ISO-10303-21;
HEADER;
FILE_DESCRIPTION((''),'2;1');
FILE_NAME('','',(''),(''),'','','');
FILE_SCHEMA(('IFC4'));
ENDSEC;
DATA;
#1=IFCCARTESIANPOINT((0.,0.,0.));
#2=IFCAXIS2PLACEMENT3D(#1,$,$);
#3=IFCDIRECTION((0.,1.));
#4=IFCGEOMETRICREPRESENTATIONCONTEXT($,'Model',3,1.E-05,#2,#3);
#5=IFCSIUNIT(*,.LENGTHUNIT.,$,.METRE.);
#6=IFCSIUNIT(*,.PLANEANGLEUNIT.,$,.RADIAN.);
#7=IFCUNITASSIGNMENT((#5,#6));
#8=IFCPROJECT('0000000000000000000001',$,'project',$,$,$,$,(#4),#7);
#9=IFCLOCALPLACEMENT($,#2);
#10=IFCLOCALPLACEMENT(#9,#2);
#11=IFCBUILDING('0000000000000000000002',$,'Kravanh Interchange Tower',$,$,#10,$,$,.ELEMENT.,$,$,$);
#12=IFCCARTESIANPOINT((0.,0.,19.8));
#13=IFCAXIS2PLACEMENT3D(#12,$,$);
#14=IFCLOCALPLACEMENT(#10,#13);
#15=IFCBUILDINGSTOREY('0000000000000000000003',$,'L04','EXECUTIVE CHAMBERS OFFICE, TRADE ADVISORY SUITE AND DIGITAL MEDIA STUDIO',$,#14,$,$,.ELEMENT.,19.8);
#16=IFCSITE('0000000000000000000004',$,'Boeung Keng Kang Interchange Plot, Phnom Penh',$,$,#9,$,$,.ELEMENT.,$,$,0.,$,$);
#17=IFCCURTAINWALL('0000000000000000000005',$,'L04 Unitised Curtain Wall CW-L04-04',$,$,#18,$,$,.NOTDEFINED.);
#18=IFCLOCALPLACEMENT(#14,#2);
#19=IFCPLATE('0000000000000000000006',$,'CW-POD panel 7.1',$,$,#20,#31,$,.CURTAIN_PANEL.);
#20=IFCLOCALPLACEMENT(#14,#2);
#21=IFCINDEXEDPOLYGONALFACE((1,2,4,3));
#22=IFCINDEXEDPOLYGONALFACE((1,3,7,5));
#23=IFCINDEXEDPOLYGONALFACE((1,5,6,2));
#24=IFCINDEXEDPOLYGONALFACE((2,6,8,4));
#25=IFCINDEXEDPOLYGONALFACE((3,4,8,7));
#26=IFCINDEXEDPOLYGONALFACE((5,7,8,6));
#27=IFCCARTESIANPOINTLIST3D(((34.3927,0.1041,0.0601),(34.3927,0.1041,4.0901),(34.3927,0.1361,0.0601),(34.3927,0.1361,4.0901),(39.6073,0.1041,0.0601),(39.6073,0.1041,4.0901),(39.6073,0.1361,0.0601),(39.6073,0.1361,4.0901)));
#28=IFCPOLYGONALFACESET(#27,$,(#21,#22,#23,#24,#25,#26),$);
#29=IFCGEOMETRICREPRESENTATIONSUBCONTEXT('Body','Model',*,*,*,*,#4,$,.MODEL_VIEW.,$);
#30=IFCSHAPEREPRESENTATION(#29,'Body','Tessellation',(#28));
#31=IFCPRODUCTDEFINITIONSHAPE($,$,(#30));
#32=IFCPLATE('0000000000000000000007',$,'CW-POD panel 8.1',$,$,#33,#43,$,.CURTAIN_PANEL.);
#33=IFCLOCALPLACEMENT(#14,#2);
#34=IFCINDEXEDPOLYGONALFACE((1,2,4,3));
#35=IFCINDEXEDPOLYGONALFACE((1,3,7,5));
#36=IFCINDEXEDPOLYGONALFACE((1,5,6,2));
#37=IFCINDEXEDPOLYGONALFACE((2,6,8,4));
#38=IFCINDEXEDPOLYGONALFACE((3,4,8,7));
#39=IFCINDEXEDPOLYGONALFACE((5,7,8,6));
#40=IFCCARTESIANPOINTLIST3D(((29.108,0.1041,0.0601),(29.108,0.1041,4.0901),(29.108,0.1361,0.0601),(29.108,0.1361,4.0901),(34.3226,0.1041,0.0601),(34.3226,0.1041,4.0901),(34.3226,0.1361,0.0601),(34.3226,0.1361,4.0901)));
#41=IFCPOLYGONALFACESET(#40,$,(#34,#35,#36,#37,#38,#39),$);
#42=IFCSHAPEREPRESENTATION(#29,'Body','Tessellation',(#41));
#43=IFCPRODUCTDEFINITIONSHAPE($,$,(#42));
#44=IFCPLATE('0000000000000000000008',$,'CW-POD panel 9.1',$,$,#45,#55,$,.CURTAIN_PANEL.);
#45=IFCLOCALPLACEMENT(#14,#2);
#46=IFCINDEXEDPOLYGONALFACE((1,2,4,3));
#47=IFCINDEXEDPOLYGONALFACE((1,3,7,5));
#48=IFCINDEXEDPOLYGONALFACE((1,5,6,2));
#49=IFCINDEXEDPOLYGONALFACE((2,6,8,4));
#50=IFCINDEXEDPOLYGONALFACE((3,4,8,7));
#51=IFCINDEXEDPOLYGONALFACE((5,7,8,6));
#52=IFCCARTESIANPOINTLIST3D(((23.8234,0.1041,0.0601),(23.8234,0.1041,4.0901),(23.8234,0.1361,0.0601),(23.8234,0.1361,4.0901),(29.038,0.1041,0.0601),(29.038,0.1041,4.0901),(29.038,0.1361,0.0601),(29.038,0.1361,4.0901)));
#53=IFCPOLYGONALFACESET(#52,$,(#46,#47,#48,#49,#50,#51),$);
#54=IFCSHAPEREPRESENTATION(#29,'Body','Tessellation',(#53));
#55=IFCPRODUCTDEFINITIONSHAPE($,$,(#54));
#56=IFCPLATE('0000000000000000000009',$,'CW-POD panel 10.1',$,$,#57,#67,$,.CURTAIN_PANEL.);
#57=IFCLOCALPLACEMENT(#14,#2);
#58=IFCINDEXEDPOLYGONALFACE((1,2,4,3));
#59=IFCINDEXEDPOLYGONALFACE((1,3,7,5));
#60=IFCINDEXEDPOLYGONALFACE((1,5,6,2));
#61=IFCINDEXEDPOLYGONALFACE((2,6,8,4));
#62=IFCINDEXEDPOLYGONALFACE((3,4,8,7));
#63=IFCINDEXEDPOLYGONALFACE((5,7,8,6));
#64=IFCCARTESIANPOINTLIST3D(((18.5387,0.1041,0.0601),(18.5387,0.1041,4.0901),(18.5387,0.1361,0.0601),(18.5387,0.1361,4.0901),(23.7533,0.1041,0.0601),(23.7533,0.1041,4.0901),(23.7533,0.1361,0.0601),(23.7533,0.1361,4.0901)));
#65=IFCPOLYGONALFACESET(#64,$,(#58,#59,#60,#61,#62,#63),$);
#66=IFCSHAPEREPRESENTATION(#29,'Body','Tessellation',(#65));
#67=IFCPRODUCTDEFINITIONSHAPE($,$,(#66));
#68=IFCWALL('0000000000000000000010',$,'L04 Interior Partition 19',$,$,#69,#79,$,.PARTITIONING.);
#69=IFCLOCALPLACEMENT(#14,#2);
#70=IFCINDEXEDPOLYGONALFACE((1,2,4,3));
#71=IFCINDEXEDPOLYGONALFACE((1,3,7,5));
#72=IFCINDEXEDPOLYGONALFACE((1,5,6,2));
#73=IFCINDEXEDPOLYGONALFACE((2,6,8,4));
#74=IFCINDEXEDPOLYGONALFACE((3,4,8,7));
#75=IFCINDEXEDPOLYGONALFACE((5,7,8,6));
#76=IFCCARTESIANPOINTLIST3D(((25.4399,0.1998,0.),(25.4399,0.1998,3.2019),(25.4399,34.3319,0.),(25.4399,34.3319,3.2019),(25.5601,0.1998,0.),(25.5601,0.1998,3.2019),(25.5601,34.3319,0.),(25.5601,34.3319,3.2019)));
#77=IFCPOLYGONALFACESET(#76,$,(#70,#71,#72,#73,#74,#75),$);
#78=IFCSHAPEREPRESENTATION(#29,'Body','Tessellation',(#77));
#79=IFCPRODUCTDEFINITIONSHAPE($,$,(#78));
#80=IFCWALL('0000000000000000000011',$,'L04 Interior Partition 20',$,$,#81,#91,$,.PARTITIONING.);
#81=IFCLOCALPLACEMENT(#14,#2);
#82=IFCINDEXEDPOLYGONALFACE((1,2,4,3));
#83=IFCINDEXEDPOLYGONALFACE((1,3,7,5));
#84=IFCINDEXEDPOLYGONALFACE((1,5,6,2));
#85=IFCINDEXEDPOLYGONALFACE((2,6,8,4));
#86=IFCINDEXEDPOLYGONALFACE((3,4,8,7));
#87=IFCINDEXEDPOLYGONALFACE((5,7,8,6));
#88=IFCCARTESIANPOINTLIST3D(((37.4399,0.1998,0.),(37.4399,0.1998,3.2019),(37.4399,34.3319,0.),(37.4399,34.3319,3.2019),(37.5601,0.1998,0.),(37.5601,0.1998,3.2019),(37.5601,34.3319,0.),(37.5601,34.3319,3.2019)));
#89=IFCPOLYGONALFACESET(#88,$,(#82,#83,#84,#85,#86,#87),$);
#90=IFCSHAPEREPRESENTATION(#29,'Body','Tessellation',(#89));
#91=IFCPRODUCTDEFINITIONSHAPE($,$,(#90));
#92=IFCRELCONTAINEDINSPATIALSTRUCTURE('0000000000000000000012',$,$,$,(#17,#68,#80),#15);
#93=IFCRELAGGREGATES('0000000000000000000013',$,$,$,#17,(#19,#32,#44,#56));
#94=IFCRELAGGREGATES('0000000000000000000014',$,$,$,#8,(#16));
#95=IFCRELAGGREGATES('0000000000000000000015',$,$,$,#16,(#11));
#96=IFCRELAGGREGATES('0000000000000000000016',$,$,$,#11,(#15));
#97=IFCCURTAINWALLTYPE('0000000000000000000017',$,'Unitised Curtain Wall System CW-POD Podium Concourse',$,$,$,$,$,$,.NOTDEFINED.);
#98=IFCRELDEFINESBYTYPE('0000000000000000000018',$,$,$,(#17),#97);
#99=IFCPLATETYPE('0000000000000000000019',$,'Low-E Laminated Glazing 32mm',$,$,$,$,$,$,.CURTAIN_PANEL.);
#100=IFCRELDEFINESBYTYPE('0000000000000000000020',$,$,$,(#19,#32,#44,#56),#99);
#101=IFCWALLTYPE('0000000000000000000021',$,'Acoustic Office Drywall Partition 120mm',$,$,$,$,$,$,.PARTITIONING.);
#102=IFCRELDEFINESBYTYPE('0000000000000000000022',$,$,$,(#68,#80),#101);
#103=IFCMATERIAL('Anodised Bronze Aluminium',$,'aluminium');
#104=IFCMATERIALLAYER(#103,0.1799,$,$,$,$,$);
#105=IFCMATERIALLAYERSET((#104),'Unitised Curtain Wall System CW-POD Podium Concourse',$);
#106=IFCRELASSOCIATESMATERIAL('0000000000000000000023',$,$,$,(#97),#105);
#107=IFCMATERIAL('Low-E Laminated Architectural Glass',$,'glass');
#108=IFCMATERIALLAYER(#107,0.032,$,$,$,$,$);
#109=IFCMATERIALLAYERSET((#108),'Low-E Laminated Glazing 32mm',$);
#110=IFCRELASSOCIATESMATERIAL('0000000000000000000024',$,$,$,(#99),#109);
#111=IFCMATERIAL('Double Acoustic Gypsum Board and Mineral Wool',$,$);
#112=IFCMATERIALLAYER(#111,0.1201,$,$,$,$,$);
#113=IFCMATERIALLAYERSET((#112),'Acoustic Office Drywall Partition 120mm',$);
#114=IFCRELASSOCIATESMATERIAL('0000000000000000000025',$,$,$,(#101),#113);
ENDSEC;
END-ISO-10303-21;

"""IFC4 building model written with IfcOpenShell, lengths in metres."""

from ifc_helpers import new_model, si_unit, direction, frame, frame_2d, origin, origin_2d, place, context, subcontext, project, spatial, rectangle, extrude, material, layer, layer_set, type_object, element, aggregate, save


model = new_model("IFC4")

# Units and contexts
model_context = context("Model", 3, precision=1e-05, world=origin(), true_north=direction((0.0, 1.0)))
body_context = subcontext(model_context, "Body", "Model", "MODEL_VIEW")
ifc_project = project(units=[si_unit("LENGTHUNIT", "METRE"), si_unit("PLANEANGLEUNIT", "RADIAN")], contexts=[model_context])

# Site, building, storey
site_placement = place(None, origin())
site = spatial("IfcSite", under=ifc_project, at=site_placement, Name="Boeung Keng Kang Interchange Plot, Phnom Penh", CompositionType="ELEMENT", RefElevation=0.0)
building_placement = place(site_placement, origin())
building = spatial("IfcBuilding", under=site, at=building_placement, Name="Kravanh Interchange Tower", CompositionType="ELEMENT")
storey_placement = place(building_placement, frame((0.0, 0.0, 19.8)))
storey = spatial("IfcBuildingStorey", under=building, at=storey_placement, Name="L04", Description="EXECUTIVE CHAMBERS OFFICE, TRADE ADVISORY SUITE AND DIGITAL MEDIA STUDIO", CompositionType="ELEMENT", Elevation=19.8)

# Curtain wall
ifc_material_1 = material(Name="Anodised Bronze Aluminium", Category="aluminium")
ifc_layer_1 = layer(ifc_material_1, 0.1799)
ifc_layer_set_1 = layer_set([ifc_layer_1], Name="Unitised Curtain Wall System CW-POD Podium Concourse")
curtain_wall_type = type_object("IfcCurtainWallType", Name="Unitised Curtain Wall System CW-POD Podium Concourse", PredefinedType="NOTDEFINED", material=ifc_layer_set_1)
curtain_wall_placement = place(storey_placement, origin())
curtain_wall = element("IfcCurtainWall", 1, at=curtain_wall_placement, inside=storey, type_object=curtain_wall_type, Name="L04 Unitised Curtain Wall CW-L04-04", PredefinedType="NOTDEFINED")

# Plates
ifc_material_2 = material(Name="Low-E Laminated Architectural Glass", Category="glass")
ifc_layer_2 = layer(ifc_material_2, 0.032)
ifc_layer_set_2 = layer_set([ifc_layer_2], Name="Low-E Laminated Glazing 32mm")
plate_type = type_object("IfcPlateType", Name="Low-E Laminated Glazing 32mm", PredefinedType="CURTAIN_PANEL", material=ifc_layer_set_2)
plate_1_placement = place(storey_placement, frame((37.0, 0.1201, 0.0601), z_axis=(0.0, 0.0, 1.0), x_axis=(-1.0, 0.0, 0.0)))
plate_1 = element("IfcPlate", 2, at=plate_1_placement, type_object=plate_type, Name="CW-POD panel 7.1", PredefinedType="CURTAIN_PANEL", context=body_context, shape_type="SweptSolid", body=[
    extrude(rectangle(XDim=5.2146, YDim=0.032, at=origin_2d()), origin(), (0.0, 0.0, 1.0), 4.03),
])
plate_2_placement = place(storey_placement, frame((31.7153, 0.1201, 0.0601), z_axis=(0.0, 0.0, 1.0), x_axis=(-1.0, 0.0, 0.0)))
plate_2 = element("IfcPlate", 3, at=plate_2_placement, type_object=plate_type, Name="CW-POD panel 8.1", PredefinedType="CURTAIN_PANEL", context=body_context, shape_type="SweptSolid", body=[
    extrude(rectangle(XDim=5.2146, YDim=0.032, at=origin_2d()), origin(), (0.0, 0.0, 1.0), 4.03),
])
plate_3_placement = place(storey_placement, frame((26.4307, 0.1201, 0.0601), z_axis=(0.0, 0.0, 1.0), x_axis=(-1.0, 0.0, 0.0)))
plate_3 = element("IfcPlate", 4, at=plate_3_placement, type_object=plate_type, Name="CW-POD panel 9.1", PredefinedType="CURTAIN_PANEL", context=body_context, shape_type="SweptSolid", body=[
    extrude(rectangle(XDim=5.2146, YDim=0.032, at=origin_2d()), origin(), (0.0, 0.0, 1.0), 4.03),
])
plate_4_placement = place(storey_placement, frame((21.146, 0.1201, 0.0601), z_axis=(0.0, 0.0, 1.0), x_axis=(-1.0, 0.0, 0.0)))
plate_4 = element("IfcPlate", 5, at=plate_4_placement, type_object=plate_type, Name="CW-POD panel 10.1", PredefinedType="CURTAIN_PANEL", context=body_context, shape_type="SweptSolid", body=[
    extrude(rectangle(XDim=5.2146, YDim=0.032, at=origin_2d()), origin(), (0.0, 0.0, 1.0), 4.03),
])
aggregate(curtain_wall, [plate_1, plate_2, plate_3, plate_4])

# Walls
ifc_material_3 = material(Name="Double Acoustic Gypsum Board and Mineral Wool")
ifc_layer_3 = layer(ifc_material_3, 0.1201)
ifc_layer_set_3 = layer_set([ifc_layer_3], Name="Acoustic Office Drywall Partition 120mm")
wall_type = type_object("IfcWallType", Name="Acoustic Office Drywall Partition 120mm", PredefinedType="PARTITIONING", material=ifc_layer_set_3)
for number, where, z_axis, x_axis, name in (
    (6, (25.5, 0.2, 0.0), (0.0, 0.0, 1.0), (0.0, 1.0, 0.0), "L04 Interior Partition 19"),
    (7, (37.5, 0.2, 0.0), (0.0, 0.0, 1.0), (0.0, 1.0, 0.0), "L04 Interior Partition 20"),
):
    element("IfcWall", number, at=place(storey_placement, frame(where, z_axis=z_axis, x_axis=x_axis)), inside=storey, type_object=wall_type, Name=name, PredefinedType="PARTITIONING", context=body_context, shape_type="SweptSolid", body=[
        extrude(rectangle(XDim=34.1321, YDim=0.1201, at=frame_2d((17.0659, 0.0))), origin(), (0.0, 0.0, 1.0), 3.2019),
    ])

save(model, "model.ifc")
